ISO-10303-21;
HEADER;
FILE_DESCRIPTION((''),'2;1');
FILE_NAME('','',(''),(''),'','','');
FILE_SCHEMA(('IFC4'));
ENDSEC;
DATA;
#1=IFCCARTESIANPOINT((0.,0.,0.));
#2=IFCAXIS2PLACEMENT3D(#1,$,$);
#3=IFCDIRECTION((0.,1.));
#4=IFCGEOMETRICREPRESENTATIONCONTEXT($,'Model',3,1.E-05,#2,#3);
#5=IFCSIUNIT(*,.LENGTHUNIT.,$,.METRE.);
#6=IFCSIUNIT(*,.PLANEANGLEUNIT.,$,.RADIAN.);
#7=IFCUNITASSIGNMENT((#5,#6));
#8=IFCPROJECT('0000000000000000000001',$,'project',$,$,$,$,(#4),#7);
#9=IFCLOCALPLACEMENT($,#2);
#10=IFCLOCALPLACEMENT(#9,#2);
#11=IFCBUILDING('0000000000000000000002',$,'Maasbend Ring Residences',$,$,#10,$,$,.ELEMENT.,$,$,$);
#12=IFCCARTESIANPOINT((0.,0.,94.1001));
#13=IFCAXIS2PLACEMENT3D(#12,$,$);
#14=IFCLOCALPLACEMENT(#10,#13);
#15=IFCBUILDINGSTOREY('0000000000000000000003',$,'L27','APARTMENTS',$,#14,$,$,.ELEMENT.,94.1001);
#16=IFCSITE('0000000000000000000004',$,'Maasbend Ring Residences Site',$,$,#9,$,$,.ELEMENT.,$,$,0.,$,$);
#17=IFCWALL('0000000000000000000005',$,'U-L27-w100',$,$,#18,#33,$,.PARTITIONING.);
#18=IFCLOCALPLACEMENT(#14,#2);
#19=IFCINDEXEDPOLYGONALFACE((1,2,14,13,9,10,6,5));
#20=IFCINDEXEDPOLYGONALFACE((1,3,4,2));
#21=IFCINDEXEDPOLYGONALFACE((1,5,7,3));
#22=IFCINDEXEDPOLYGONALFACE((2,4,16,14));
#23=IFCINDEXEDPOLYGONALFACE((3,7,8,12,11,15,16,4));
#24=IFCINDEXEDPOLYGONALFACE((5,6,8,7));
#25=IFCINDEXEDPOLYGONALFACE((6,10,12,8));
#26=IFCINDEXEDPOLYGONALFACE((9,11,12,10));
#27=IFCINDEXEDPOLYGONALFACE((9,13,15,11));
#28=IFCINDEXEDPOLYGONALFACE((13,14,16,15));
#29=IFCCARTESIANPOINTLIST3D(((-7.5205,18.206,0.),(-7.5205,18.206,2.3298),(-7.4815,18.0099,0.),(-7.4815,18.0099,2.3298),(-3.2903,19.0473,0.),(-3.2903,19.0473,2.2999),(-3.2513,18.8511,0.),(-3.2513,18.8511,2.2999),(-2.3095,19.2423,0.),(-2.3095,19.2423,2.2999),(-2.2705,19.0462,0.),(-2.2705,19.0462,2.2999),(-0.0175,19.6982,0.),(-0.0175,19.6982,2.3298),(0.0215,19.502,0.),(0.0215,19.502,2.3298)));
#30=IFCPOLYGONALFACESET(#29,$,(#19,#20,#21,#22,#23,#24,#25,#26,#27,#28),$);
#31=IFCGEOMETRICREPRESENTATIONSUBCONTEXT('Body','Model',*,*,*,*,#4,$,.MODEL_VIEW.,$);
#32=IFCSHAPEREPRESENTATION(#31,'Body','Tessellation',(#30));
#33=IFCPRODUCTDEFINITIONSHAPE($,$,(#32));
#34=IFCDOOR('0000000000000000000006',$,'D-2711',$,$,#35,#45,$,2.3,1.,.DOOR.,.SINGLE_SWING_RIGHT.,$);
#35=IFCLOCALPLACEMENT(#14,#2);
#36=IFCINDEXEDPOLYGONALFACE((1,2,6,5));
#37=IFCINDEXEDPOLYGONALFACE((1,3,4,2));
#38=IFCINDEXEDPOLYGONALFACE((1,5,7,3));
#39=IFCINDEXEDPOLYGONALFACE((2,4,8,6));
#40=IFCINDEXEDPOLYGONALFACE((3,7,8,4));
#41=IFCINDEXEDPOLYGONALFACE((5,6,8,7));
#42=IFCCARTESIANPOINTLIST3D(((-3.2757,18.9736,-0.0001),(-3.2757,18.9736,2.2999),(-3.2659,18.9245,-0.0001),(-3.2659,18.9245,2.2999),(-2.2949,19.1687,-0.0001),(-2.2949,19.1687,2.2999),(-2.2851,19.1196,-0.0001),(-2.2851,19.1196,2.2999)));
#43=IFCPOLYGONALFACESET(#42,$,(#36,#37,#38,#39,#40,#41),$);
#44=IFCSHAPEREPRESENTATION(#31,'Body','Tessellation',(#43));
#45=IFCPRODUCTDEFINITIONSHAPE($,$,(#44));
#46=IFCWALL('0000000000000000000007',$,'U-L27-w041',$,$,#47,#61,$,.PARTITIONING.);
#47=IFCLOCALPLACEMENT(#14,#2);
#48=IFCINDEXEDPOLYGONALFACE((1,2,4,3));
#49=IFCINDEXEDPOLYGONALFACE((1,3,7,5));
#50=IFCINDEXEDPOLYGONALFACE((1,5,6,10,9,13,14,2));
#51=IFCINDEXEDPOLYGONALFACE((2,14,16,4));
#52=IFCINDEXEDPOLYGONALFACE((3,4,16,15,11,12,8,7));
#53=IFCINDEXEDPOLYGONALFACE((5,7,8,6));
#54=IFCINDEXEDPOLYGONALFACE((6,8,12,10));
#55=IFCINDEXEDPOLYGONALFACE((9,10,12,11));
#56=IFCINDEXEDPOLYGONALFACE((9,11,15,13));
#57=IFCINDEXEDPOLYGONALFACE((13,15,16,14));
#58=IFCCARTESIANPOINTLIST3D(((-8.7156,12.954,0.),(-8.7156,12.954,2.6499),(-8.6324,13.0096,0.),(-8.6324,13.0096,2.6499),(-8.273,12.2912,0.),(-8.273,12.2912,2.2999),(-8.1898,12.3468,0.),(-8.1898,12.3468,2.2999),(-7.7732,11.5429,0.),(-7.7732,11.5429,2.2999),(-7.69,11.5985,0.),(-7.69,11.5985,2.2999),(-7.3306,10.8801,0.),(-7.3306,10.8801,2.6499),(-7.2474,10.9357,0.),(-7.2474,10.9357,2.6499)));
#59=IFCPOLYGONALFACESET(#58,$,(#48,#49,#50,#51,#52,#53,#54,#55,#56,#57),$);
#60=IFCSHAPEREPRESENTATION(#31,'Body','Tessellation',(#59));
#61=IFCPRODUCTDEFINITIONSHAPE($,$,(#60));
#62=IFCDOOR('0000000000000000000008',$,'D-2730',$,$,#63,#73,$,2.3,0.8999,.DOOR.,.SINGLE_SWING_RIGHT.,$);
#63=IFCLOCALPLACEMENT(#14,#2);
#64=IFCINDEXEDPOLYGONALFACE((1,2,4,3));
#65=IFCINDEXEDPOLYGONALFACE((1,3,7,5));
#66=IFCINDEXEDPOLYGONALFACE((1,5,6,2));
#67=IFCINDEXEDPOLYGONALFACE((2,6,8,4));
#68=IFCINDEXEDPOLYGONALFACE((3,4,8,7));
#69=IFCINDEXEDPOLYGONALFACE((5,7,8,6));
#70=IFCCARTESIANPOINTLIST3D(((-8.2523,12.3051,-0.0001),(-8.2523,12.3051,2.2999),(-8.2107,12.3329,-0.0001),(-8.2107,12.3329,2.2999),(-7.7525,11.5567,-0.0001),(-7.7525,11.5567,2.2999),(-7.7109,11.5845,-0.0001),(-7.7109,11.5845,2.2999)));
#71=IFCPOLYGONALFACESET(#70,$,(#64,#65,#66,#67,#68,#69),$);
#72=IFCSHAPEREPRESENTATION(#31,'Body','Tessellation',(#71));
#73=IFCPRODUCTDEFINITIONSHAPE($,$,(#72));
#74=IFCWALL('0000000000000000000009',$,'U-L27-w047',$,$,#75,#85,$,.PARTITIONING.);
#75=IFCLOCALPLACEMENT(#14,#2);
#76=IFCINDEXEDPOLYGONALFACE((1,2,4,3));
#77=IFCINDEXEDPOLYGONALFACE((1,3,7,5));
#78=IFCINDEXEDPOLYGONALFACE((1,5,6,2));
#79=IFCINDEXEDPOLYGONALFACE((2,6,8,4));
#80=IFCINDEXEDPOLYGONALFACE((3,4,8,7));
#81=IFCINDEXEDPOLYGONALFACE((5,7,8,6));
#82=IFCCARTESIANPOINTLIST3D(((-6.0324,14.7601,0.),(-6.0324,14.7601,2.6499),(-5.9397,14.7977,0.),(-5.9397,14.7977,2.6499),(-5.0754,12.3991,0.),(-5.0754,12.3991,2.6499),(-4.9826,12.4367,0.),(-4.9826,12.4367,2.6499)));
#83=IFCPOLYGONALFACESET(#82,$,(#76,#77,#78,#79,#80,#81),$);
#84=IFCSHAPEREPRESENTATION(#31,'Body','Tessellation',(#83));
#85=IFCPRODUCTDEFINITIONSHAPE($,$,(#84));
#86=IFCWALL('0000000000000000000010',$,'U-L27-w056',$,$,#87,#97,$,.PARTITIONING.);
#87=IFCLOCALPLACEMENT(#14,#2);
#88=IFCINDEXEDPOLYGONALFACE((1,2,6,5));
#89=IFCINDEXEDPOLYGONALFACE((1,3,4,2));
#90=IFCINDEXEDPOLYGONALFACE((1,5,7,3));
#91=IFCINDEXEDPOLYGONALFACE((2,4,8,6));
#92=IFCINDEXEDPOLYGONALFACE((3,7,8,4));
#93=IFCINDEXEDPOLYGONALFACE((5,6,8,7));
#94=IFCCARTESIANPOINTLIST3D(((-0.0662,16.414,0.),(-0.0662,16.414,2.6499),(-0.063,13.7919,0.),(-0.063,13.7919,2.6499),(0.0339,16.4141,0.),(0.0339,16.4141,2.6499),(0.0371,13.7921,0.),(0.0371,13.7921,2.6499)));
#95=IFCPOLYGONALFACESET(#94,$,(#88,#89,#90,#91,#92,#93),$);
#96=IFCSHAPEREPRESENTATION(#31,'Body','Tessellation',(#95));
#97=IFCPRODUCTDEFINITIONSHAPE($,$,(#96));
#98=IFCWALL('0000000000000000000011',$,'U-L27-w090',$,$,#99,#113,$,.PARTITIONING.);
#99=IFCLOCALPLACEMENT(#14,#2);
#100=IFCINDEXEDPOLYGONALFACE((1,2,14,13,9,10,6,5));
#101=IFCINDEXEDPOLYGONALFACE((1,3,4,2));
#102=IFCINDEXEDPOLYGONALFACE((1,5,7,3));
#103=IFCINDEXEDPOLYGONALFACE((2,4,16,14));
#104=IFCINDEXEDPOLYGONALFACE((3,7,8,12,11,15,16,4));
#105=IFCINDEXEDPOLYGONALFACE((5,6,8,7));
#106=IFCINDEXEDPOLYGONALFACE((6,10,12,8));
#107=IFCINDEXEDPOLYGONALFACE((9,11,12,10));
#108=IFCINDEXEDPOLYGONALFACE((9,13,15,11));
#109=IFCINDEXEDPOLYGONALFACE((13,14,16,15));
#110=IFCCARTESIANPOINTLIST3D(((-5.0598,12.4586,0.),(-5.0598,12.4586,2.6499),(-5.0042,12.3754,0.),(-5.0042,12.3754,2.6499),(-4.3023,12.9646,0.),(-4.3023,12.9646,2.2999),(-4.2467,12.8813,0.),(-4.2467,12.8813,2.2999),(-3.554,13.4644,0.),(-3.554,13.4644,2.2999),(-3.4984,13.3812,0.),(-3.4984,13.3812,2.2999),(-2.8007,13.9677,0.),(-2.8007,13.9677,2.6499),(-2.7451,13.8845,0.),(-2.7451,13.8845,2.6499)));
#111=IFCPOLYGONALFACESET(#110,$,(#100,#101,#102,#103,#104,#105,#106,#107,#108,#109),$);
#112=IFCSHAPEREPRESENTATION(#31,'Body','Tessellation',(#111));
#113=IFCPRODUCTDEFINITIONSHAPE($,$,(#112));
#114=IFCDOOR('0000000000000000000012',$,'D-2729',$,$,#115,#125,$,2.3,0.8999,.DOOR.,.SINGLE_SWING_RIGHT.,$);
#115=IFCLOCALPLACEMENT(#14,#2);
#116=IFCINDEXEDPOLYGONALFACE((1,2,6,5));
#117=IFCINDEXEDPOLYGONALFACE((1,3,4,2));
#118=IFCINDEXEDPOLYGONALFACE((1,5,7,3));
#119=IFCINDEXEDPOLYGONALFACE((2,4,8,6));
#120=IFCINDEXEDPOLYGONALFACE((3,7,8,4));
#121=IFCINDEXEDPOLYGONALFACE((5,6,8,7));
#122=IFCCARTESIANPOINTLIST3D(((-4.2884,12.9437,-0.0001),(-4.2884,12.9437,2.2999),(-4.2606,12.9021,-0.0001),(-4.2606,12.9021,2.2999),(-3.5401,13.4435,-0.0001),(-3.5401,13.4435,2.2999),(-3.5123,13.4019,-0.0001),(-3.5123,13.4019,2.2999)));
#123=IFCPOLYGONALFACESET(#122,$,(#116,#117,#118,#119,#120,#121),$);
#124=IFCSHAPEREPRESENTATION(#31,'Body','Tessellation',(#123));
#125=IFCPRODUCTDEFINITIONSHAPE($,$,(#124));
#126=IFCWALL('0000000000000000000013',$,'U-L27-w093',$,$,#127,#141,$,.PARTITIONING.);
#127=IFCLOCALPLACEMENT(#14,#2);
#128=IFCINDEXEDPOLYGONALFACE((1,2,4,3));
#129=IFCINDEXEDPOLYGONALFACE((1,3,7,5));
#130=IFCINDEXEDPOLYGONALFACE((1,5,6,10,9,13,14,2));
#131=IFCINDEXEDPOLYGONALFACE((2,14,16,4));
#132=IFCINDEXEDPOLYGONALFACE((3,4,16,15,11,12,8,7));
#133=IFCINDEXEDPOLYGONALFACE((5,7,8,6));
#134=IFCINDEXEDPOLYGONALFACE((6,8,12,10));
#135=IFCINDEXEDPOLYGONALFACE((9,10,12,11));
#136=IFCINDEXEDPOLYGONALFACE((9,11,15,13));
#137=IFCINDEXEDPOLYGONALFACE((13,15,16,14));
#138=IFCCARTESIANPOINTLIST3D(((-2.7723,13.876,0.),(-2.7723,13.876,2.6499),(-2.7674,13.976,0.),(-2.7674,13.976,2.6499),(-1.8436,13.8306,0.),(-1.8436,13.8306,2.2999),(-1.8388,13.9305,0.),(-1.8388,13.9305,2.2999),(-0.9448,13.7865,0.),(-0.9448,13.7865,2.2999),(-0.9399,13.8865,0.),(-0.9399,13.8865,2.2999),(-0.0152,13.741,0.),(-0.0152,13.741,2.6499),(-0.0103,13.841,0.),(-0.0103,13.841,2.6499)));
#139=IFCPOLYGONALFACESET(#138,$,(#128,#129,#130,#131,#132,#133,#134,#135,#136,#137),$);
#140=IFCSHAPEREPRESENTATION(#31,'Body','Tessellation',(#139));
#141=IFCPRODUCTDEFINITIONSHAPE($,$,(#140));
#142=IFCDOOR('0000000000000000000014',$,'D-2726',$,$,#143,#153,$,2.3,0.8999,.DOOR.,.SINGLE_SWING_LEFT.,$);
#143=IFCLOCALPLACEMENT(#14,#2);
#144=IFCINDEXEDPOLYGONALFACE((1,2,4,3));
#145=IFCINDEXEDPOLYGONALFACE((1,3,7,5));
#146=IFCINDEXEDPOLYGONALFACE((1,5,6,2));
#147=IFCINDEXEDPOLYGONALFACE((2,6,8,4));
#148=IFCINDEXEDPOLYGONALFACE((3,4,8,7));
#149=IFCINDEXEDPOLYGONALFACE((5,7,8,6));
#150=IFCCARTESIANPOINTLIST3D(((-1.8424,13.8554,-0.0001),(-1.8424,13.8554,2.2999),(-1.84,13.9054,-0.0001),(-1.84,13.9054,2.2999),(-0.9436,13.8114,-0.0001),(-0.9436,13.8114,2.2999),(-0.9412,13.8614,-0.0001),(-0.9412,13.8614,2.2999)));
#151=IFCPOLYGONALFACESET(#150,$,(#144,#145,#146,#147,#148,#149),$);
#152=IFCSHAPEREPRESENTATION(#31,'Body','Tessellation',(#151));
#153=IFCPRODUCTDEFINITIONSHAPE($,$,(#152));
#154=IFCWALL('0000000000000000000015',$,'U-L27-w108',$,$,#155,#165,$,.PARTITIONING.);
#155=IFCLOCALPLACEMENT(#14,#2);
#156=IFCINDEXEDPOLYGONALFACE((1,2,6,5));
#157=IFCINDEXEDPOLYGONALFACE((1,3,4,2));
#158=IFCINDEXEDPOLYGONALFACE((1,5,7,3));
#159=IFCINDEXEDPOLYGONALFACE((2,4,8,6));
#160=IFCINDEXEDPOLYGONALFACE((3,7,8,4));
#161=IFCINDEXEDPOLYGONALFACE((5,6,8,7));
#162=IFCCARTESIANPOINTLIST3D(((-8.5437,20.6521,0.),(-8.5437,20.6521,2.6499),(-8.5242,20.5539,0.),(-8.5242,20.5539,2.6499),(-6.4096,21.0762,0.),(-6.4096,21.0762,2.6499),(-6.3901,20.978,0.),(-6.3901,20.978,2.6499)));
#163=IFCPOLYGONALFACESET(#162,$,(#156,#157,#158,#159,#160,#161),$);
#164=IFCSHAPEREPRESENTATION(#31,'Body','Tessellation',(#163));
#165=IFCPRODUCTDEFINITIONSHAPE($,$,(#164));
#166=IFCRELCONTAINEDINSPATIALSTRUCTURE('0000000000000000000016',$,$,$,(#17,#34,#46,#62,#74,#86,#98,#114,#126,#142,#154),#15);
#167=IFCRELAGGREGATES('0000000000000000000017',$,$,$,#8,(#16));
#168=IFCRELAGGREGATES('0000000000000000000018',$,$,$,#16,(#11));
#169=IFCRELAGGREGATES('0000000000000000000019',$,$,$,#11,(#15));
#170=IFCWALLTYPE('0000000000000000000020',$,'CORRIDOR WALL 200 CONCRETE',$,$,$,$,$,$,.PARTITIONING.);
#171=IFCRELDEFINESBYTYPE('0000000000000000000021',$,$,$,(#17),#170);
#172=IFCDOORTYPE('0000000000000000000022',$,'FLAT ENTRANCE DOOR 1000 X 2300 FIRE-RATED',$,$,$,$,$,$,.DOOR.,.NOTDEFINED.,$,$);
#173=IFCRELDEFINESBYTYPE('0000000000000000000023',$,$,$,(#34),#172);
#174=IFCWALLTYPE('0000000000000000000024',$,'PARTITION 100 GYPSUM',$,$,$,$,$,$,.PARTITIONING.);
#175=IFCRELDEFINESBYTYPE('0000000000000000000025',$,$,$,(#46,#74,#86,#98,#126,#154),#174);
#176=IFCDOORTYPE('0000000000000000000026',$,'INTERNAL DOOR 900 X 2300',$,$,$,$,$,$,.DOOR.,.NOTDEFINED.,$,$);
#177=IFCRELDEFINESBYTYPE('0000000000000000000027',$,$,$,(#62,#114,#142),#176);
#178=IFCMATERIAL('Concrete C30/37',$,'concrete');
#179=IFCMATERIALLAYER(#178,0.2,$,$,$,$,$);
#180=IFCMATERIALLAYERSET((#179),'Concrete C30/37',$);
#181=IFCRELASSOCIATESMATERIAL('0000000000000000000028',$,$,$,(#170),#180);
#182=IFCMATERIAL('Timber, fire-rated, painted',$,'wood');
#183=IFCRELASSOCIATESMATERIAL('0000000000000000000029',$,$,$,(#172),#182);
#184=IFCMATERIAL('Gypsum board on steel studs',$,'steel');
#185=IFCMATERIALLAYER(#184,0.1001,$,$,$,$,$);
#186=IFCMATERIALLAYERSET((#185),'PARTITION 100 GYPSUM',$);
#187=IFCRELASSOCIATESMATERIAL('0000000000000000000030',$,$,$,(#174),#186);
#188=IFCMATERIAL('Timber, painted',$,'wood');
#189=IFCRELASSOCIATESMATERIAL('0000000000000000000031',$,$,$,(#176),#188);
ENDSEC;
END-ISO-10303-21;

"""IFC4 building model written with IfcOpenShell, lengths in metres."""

from ifc_helpers import new_model, si_unit, direction, frame, frame_2d, origin, place, context, subcontext, project, spatial, rectangle, extrude, material, layer, layer_set, type_object, element, fill, save


model = new_model("IFC4")

# Units and contexts
model_context = context("Model", 3, precision=1e-05, world=origin(), true_north=direction((0.0, 1.0)))
body_context = subcontext(model_context, "Body", "Model", "MODEL_VIEW")
ifc_project = project(units=[si_unit("LENGTHUNIT", "METRE"), si_unit("PLANEANGLEUNIT", "RADIAN")], contexts=[model_context])

# Site, building, storey
site_placement = place(None, origin())
site = spatial("IfcSite", under=ifc_project, at=site_placement, Name="Maasbend Ring Residences Site", CompositionType="ELEMENT", RefElevation=0.0)
building_placement = place(site_placement, origin())
building = spatial("IfcBuilding", under=site, at=building_placement, Name="Maasbend Ring Residences", CompositionType="ELEMENT")
storey_placement = place(building_placement, frame((0.0, 0.0, 94.1001)))
storey = spatial("IfcBuildingStorey", under=building, at=storey_placement, Name="L27", Description="APARTMENTS", CompositionType="ELEMENT", Elevation=94.1001)

# Walls, openings, doors
ifc_material_1 = material(Name="Concrete C30/37", Category="concrete")
ifc_layer_1 = layer(ifc_material_1, 0.2)
ifc_layer_set_1 = layer_set([ifc_layer_1], Name="Concrete C30/37")
wall_type_1 = type_object("IfcWallType", Name="CORRIDOR WALL 200 CONCRETE", PredefinedType="PARTITIONING", material=ifc_layer_set_1)
ifc_material_2 = material(Name="Timber, fire-rated, painted", Category="wood")
door_type_1 = type_object("IfcDoorType", Name="FLAT ENTRANCE DOOR 1000 X 2300 FIRE-RATED", OperationType="NOTDEFINED", PredefinedType="DOOR", material=ifc_material_2)
wall_1_placement = place(storey_placement, frame((-7.501, 18.1079, 0.0), z_axis=(0.0, 0.0, 1.0), x_axis=(0.980791, 0.19506, 0.0)))
wall_1 = element("IfcWall", 1, at=wall_1_placement, inside=storey, type_object=wall_type_1, Name="U-L27-w100", PredefinedType="PARTITIONING", context=body_context, shape_type="SweptSolid", body=[
    extrude(rectangle(XDim=7.6499, YDim=0.2, at=frame_2d((3.825, 0.0))), origin(), (0.0, 0.0, 1.0), 2.3298),
])
opening_1_placement = place(wall_1_placement, frame((4.313, 0.0, 0.0)))
opening_1 = element("IfcOpeningElement", 2, at=opening_1_placement, cuts=wall_1, PredefinedType="OPENING", context=body_context, shape_type="SweptSolid", body=[
    extrude(rectangle(XDim=1.0, YDim=2.3, at=frame_2d((0.5, 1.1499))), frame((0.0, 0.1099, 0.0), z_axis=(0.0, -1.0, 0.0), x_axis=(1.0, 0.0, 0.0)), (0.0, 0.0, 1.0), 0.22),
])
door_1_placement = place(opening_1_placement, origin())
door_1 = element("IfcDoor", 3, at=door_1_placement, inside=storey, type_object=door_type_1, Name="D-2711", OperationType="SINGLE_SWING_RIGHT", OverallHeight=2.3, OverallWidth=1.0, PredefinedType="DOOR", context=body_context, shape_type="SweptSolid", body=[
    extrude(rectangle(XDim=1.0, YDim=2.3, at=frame_2d((0.5, 1.1499))), frame((0.0, 0.0249, 0.0), z_axis=(0.0, -1.0, 0.0), x_axis=(1.0, 0.0, 0.0)), (0.0, 0.0, 1.0), 0.05),
])
fill(opening_1, door_1)
ifc_material_3 = material(Name="Gypsum board on steel studs", Category="steel")
ifc_layer_2 = layer(ifc_material_3, 0.1001)
ifc_layer_set_2 = layer_set([ifc_layer_2], Name="PARTITION 100 GYPSUM")
wall_type_2 = type_object("IfcWallType", Name="PARTITION 100 GYPSUM", PredefinedType="PARTITIONING", material=ifc_layer_set_2)
wall_2_placement = place(storey_placement, frame((-8.6741, 12.9819, 0.0), z_axis=(0.0, 0.0, 1.0), x_axis=(0.555355, -0.831613, 0.0)))
wall_2 = element("IfcWall", 4, at=wall_2_placement, inside=storey, type_object=wall_type_2, Name="U-L27-w041", PredefinedType="PARTITIONING", context=body_context, shape_type="SweptSolid", body=[
    extrude(rectangle(XDim=2.4939, YDim=0.1001, at=frame_2d((1.2471, 0.0))), origin(), (0.0, 0.0, 1.0), 2.6499),
])
opening_2_placement = place(wall_2_placement, frame((0.7971, 0.0, 0.0)))
opening_2 = element("IfcOpeningElement", 5, at=opening_2_placement, cuts=wall_2, PredefinedType="OPENING", context=body_context, shape_type="SweptSolid", body=[
    extrude(rectangle(XDim=0.8999, YDim=2.3, at=frame_2d((0.45, 1.1499))), frame((0.0, 0.0601, 0.0), z_axis=(0.0, -1.0, 0.0), x_axis=(1.0, 0.0, 0.0)), (0.0, 0.0, 1.0), 0.1201),
])
ifc_material_4 = material(Name="Timber, painted", Category="wood")
door_type_2 = type_object("IfcDoorType", Name="INTERNAL DOOR 900 X 2300", OperationType="NOTDEFINED", PredefinedType="DOOR", material=ifc_material_4)
door_2_placement = place(opening_2_placement, origin())
door_2 = element("IfcDoor", 6, at=door_2_placement, inside=storey, type_object=door_type_2, Name="D-2730", OperationType="SINGLE_SWING_RIGHT", OverallHeight=2.3, OverallWidth=0.8999, PredefinedType="DOOR", context=body_context, shape_type="SweptSolid", body=[
    extrude(rectangle(XDim=0.8999, YDim=2.3, at=frame_2d((0.45, 1.1499))), frame((0.0, 0.0249, 0.0), z_axis=(0.0, -1.0, 0.0), x_axis=(1.0, 0.0, 0.0)), (0.0, 0.0, 1.0), 0.05),
])
fill(opening_2, door_2)

# Walls
wall_3_placement = place(storey_placement, frame((-5.9861, 14.7791, 0.0), z_axis=(0.0, 0.0, 1.0), x_axis=(0.375649, -0.926762, 0.0)))
element("IfcWall", 7, at=wall_3_placement, inside=storey, type_object=wall_type_2, Name="U-L27-w047", PredefinedType="PARTITIONING", context=body_context, shape_type="SweptSolid", body=[
    extrude(rectangle(XDim=2.5476, YDim=0.1001, at=frame_2d((1.2739, 0.0))), origin(), (0.0, 0.0, 1.0), 2.6499),
])
wall_4_placement = place(storey_placement, frame((-0.0129, 13.792, 0.0), z_axis=(0.0, 0.0, 1.0), x_axis=(-0.00121, 0.999999, 0.0)))
element("IfcWall", 8, at=wall_4_placement, inside=storey, type_object=wall_type_2, Name="U-L27-w056", PredefinedType="PARTITIONING", context=body_context, shape_type="SweptSolid", body=[
    extrude(rectangle(XDim=2.6221, YDim=0.1001, at=frame_2d((1.311, 0.0))), origin(), (0.0, 0.0, 1.0), 2.6499),
])

# Walls, openings, doors
wall_5_placement = place(storey_placement, frame((-5.032, 12.417, 0.0), z_axis=(0.0, 0.0, 1.0), x_axis=(0.831538, 0.555467, 0.0)))
wall_5 = element("IfcWall", 9, at=wall_5_placement, inside=storey, type_object=wall_type_2, Name="U-L27-w090", PredefinedType="PARTITIONING", context=body_context, shape_type="SweptSolid", body=[
    extrude(rectangle(XDim=2.7168, YDim=0.1001, at=frame_2d((1.3584, 0.0))), origin(), (0.0, 0.0, 1.0), 2.6499),
])
opening_3_placement = place(wall_5_placement, frame((0.9109, 0.0, 0.0)))
opening_3 = element("IfcOpeningElement", 10, at=opening_3_placement, cuts=wall_5, PredefinedType="OPENING", context=body_context, shape_type="SweptSolid", body=[
    extrude(rectangle(XDim=0.8999, YDim=2.3, at=frame_2d((0.45, 1.1499))), frame((0.0, 0.0601, 0.0), z_axis=(0.0, -1.0, 0.0), x_axis=(1.0, 0.0, 0.0)), (0.0, 0.0, 1.0), 0.1201),
])
door_3_placement = place(opening_3_placement, origin())
door_3 = element("IfcDoor", 11, at=door_3_placement, inside=storey, type_object=door_type_2, Name="D-2729", OperationType="SINGLE_SWING_RIGHT", OverallHeight=2.3, OverallWidth=0.8999, PredefinedType="DOOR", context=body_context, shape_type="SweptSolid", body=[
    extrude(rectangle(XDim=0.8999, YDim=2.3, at=frame_2d((0.45, 1.1499))), frame((0.0, 0.0249, 0.0), z_axis=(0.0, -1.0, 0.0), x_axis=(1.0, 0.0, 0.0)), (0.0, 0.0, 1.0), 0.05),
])
fill(opening_3, door_3)
wall_6_placement = place(storey_placement, frame((-2.77, 13.926, 0.0), z_axis=(0.0, 0.0, 1.0), x_axis=(0.998803, -0.04891, 0.0)))
wall_6 = element("IfcWall", 12, at=wall_6_placement, inside=storey, type_object=wall_type_2, Name="U-L27-w093", PredefinedType="PARTITIONING", context=body_context, shape_type="SweptSolid", body=[
    extrude(rectangle(XDim=2.7605, YDim=0.1001, at=frame_2d((1.3804, 0.0))), origin(), (0.0, 0.0, 1.0), 2.6499),
])
opening_4_placement = place(wall_6_placement, frame((0.9299, 0.0, 0.0)))
opening_4 = element("IfcOpeningElement", 13, at=opening_4_placement, cuts=wall_6, PredefinedType="OPENING", context=body_context, shape_type="SweptSolid", body=[
    extrude(rectangle(XDim=0.8999, YDim=2.3, at=frame_2d((0.45, 1.1499))), frame((0.0, 0.0601, 0.0), z_axis=(0.0, -1.0, 0.0), x_axis=(1.0, 0.0, 0.0)), (0.0, 0.0, 1.0), 0.1201),
])
door_4_placement = place(opening_4_placement, origin())
door_4 = element("IfcDoor", 14, at=door_4_placement, inside=storey, type_object=door_type_2, Name="D-2726", OperationType="SINGLE_SWING_LEFT", OverallHeight=2.3, OverallWidth=0.8999, PredefinedType="DOOR", context=body_context, shape_type="SweptSolid", body=[
    extrude(rectangle(XDim=0.8999, YDim=2.3, at=frame_2d((0.45, 1.1499))), frame((0.0, 0.0249, 0.0), z_axis=(0.0, -1.0, 0.0), x_axis=(1.0, 0.0, 0.0)), (0.0, 0.0, 1.0), 0.05),
])
fill(opening_4, door_4)

# Wall
wall_7_placement = place(storey_placement, frame((-8.5339, 20.603, 0.0), z_axis=(0.0, 0.0, 1.0), x_axis=(0.980822, 0.194908, 0.0)))
element("IfcWall", 15, at=wall_7_placement, inside=storey, type_object=wall_type_2, Name="U-L27-w108", PredefinedType="PARTITIONING", context=body_context, shape_type="SweptSolid", body=[
    extrude(rectangle(XDim=2.1758, YDim=0.1001, at=frame_2d((1.0879, 0.0))), origin(), (0.0, 0.0, 1.0), 2.6499),
])

save(model, "model.ifc")
